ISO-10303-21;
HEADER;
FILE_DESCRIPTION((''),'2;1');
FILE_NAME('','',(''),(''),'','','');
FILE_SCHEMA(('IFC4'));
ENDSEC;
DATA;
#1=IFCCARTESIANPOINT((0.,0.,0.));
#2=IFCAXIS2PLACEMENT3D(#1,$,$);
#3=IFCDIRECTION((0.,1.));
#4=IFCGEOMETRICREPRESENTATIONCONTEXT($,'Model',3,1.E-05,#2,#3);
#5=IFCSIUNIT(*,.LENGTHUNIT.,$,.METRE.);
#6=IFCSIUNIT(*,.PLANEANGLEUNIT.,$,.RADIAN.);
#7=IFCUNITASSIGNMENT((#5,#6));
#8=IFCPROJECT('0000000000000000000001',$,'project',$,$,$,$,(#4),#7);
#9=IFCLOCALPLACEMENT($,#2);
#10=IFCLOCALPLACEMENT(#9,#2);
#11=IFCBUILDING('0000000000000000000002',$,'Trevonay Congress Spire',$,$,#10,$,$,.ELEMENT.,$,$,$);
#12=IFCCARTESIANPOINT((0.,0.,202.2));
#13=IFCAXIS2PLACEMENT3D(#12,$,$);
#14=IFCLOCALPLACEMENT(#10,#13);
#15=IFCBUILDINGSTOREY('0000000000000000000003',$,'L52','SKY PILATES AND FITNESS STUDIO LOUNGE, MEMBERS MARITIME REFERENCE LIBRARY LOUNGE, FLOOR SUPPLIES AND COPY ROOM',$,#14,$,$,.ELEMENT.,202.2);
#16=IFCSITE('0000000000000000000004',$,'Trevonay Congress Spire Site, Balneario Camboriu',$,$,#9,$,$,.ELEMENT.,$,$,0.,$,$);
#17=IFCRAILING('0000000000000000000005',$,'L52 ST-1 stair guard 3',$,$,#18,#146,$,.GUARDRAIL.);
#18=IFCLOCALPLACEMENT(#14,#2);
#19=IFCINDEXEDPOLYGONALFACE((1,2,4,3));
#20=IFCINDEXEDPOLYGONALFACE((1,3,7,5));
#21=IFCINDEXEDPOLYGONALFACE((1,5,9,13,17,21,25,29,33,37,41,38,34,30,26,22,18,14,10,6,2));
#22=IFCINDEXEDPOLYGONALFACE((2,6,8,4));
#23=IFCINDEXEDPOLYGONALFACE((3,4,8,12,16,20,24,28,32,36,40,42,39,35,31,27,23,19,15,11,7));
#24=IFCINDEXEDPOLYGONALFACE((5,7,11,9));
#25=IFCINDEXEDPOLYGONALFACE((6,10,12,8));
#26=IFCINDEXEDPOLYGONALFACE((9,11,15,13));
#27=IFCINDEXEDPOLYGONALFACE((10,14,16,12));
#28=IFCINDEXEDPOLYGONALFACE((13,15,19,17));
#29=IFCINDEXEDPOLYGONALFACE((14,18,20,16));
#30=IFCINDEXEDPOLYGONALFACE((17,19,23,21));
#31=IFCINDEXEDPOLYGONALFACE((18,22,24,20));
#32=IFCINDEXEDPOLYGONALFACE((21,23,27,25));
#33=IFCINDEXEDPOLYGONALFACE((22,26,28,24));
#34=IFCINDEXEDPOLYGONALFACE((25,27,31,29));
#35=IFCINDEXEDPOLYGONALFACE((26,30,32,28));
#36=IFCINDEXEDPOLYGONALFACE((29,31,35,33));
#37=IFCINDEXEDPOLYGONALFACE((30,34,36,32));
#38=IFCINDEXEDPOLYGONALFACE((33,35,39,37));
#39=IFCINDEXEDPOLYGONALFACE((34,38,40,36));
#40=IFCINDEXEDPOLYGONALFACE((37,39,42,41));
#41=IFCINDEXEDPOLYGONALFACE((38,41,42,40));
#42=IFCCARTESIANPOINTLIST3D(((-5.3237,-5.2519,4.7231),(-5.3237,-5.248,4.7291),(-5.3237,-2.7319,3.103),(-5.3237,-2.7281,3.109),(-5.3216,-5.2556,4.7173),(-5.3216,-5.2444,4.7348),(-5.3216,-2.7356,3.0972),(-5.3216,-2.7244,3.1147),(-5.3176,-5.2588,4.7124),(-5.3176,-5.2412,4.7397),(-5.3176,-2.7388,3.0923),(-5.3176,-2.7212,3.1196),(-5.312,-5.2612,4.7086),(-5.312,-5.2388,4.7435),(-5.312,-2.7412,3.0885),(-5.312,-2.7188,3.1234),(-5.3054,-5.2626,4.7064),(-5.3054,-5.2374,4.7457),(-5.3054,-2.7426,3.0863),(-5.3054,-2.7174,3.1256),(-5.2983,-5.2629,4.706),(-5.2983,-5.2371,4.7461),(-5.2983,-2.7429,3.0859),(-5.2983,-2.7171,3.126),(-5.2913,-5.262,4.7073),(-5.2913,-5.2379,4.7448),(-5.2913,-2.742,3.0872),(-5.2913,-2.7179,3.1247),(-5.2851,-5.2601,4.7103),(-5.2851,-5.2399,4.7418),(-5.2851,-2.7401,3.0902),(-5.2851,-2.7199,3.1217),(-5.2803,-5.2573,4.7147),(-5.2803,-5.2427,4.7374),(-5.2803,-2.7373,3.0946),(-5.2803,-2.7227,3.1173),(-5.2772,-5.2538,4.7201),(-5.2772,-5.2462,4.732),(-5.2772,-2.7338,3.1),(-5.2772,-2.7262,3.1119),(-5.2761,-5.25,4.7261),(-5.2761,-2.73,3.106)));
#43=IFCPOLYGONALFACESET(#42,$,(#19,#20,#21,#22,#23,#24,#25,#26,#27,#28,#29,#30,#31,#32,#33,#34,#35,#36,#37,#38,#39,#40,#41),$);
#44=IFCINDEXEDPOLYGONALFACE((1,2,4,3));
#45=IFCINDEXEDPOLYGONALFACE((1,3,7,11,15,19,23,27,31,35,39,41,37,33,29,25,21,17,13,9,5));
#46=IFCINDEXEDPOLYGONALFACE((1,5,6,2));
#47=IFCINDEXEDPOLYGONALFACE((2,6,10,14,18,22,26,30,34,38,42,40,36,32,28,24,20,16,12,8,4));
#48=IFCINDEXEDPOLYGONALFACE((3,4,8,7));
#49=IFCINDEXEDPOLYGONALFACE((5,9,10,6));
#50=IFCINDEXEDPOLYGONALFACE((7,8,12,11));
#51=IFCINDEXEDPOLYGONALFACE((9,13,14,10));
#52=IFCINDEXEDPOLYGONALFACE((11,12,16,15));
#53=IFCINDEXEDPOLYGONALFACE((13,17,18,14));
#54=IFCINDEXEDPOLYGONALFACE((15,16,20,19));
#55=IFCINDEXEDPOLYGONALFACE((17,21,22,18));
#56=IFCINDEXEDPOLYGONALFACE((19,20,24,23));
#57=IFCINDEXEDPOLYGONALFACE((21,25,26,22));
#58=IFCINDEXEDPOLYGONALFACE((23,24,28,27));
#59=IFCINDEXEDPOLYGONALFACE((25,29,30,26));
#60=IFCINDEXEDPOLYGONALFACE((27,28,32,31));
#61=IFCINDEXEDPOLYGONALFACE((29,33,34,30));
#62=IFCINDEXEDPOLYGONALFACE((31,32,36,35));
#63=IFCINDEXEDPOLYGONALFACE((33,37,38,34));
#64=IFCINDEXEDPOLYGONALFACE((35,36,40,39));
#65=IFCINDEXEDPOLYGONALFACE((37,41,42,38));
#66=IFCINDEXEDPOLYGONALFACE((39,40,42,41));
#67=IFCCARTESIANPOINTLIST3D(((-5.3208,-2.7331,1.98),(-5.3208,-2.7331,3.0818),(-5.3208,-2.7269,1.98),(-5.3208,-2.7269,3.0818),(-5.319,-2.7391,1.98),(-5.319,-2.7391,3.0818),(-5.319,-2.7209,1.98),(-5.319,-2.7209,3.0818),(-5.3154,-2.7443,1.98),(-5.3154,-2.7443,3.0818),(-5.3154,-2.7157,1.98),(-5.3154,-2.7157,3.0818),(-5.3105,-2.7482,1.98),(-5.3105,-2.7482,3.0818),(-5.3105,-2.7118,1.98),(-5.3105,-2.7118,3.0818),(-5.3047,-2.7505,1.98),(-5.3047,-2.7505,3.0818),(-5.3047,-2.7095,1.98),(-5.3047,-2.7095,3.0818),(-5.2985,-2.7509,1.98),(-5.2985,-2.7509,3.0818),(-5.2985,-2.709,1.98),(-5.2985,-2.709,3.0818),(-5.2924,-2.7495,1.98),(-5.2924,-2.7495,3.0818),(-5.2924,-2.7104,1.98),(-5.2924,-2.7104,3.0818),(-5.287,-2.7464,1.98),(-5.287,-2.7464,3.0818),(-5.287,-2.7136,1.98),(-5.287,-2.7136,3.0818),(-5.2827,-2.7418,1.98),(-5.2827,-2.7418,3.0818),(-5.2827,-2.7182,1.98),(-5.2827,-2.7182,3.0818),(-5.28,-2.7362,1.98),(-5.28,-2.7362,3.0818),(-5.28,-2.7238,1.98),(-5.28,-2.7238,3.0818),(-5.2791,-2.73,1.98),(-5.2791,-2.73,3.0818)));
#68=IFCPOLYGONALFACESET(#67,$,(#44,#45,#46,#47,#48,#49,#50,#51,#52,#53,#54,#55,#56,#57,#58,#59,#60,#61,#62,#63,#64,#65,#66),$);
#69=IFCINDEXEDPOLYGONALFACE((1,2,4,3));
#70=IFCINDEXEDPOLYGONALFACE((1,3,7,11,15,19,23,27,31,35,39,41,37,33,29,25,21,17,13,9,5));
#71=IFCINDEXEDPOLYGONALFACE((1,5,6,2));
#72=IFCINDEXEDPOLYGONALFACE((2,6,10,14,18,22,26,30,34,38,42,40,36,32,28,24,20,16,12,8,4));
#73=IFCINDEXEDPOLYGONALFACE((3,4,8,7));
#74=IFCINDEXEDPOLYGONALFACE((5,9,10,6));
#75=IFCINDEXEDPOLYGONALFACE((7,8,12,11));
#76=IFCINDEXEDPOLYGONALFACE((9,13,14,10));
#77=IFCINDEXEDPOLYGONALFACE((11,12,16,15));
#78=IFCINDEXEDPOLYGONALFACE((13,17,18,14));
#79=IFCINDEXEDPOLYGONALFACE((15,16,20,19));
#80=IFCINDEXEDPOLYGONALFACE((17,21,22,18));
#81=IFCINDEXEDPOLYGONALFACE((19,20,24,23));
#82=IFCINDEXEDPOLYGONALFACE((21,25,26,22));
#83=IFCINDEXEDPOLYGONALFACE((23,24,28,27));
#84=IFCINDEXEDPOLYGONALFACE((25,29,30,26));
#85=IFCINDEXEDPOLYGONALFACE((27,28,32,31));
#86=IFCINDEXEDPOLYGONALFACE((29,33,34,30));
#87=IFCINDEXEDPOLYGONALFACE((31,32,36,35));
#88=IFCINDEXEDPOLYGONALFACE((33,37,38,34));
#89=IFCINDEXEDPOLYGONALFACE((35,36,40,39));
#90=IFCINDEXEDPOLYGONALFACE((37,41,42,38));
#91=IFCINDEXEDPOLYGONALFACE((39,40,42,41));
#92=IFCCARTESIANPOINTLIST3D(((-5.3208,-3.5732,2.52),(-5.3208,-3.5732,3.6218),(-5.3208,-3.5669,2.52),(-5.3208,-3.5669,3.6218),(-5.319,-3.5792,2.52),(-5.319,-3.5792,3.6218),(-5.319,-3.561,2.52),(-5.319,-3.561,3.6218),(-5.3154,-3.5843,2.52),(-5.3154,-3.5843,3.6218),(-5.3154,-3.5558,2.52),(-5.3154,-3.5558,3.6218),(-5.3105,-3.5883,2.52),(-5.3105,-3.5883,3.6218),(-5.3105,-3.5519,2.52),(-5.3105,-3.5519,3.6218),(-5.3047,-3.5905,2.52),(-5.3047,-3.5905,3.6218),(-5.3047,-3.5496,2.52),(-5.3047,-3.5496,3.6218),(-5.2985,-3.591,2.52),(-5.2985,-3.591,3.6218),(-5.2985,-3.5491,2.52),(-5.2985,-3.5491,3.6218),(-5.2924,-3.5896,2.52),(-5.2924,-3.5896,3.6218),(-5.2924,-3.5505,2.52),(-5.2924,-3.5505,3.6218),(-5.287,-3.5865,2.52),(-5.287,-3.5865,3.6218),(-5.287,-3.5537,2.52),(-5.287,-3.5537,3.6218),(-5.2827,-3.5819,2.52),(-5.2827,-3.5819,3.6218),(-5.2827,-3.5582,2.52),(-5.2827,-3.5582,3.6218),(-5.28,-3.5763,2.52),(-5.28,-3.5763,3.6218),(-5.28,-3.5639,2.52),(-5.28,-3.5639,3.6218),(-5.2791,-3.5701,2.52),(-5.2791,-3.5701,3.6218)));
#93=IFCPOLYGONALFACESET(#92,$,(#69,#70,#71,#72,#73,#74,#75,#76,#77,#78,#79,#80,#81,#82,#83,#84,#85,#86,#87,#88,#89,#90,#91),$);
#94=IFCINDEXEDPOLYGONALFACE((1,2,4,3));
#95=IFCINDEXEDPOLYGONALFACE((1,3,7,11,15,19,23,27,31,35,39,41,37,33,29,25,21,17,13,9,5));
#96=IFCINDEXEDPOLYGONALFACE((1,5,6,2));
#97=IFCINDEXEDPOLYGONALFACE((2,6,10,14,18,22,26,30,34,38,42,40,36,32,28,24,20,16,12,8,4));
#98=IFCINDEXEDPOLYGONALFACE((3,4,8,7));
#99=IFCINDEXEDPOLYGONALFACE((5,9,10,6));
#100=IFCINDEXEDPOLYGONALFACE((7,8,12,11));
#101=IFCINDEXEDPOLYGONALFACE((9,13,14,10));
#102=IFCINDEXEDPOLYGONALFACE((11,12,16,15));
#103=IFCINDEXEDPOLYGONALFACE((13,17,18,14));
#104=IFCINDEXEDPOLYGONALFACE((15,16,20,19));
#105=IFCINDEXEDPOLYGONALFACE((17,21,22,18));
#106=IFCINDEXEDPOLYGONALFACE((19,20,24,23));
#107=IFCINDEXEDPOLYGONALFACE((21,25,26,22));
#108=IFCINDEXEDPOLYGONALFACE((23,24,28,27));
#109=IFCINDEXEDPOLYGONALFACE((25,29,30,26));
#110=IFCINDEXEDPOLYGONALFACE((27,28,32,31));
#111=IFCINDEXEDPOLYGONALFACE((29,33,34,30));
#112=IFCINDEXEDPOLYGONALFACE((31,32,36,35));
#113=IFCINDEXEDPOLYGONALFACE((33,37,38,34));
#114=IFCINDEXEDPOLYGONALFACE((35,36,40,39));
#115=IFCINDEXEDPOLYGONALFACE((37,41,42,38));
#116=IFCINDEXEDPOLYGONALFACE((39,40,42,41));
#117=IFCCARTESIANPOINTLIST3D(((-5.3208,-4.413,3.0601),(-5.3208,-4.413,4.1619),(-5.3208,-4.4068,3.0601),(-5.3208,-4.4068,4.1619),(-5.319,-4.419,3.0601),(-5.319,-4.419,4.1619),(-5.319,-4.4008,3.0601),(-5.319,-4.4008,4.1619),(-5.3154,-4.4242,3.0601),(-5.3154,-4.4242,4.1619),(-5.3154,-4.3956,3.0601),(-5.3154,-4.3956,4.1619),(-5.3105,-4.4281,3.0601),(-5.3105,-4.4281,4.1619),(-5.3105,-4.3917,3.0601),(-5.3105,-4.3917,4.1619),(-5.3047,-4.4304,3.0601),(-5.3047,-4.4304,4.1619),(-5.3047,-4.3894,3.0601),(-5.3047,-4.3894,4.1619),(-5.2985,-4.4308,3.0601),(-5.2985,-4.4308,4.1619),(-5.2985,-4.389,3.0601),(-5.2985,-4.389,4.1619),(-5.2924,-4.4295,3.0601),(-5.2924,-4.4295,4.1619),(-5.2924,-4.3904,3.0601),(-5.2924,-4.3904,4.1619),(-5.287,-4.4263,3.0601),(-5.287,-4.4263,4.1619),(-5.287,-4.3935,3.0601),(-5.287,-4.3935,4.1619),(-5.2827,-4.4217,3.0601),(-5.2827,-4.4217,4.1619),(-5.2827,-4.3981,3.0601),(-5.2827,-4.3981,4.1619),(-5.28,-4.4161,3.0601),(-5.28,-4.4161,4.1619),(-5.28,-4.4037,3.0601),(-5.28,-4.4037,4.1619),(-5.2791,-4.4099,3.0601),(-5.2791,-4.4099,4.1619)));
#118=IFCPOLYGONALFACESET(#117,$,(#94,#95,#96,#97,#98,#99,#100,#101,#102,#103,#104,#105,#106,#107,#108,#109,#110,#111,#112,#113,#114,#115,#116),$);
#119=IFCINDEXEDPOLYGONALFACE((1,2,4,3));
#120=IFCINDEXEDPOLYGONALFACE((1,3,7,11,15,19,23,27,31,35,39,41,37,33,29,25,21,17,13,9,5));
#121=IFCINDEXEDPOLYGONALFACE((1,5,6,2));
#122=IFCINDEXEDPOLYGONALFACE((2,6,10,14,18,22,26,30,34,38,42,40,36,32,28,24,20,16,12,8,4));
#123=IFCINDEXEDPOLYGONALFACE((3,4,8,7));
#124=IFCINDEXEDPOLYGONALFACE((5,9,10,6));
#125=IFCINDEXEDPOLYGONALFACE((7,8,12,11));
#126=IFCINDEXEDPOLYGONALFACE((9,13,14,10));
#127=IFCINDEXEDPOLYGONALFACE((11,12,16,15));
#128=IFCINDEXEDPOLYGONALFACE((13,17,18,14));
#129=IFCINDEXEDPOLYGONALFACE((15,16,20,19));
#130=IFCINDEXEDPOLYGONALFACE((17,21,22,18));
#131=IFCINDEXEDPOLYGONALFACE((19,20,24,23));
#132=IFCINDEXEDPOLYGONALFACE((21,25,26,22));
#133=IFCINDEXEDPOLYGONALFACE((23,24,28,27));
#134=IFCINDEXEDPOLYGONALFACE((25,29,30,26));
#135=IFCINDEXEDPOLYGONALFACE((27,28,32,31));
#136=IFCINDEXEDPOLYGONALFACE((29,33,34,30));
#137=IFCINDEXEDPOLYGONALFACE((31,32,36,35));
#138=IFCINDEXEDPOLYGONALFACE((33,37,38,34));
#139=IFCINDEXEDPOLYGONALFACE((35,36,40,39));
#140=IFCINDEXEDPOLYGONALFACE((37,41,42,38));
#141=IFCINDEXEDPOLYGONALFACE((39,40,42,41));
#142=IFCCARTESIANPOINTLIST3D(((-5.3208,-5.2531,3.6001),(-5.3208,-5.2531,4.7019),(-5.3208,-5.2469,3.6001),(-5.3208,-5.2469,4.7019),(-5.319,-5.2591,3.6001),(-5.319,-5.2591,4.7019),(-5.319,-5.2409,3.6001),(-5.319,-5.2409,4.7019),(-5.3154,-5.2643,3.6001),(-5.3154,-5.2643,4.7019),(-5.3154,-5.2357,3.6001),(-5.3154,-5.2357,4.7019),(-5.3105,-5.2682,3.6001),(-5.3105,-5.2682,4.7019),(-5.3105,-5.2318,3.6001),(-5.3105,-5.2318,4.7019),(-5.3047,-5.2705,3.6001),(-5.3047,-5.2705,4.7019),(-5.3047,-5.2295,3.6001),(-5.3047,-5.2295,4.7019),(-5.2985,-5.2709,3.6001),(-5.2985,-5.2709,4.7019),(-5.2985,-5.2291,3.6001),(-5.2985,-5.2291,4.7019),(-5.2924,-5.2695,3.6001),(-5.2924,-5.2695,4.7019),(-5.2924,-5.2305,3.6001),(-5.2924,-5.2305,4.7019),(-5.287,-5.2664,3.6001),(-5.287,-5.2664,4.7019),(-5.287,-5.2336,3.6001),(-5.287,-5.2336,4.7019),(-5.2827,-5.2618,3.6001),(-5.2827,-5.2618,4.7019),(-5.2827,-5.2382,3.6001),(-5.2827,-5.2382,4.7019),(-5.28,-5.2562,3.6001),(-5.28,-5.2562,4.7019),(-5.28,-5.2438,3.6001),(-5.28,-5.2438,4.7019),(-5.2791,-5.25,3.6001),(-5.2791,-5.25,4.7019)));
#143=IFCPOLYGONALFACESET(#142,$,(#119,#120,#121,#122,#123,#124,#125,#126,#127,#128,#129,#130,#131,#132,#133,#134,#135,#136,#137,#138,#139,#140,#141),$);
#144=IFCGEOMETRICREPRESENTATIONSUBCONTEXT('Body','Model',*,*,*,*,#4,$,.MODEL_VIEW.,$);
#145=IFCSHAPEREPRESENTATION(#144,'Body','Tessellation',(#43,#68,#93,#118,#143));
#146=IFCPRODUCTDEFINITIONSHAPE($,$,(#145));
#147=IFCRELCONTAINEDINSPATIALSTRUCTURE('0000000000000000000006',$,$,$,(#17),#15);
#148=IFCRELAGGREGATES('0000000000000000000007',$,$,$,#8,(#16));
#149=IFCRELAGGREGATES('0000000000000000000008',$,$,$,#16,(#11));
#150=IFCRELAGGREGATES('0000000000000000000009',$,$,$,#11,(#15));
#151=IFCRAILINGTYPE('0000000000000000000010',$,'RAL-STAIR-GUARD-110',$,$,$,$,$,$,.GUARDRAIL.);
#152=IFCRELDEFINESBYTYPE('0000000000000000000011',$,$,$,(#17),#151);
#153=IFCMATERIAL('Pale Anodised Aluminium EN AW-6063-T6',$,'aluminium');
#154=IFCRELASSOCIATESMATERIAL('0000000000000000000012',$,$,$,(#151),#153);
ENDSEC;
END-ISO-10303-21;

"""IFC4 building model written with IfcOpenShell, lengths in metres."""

from ifc_helpers import new_model, si_unit, direction, frame, origin, origin_2d, place, context, subcontext, project, spatial, circle, extrude, material, type_object, element, save


model = new_model("IFC4")

# Units and contexts
model_context = context("Model", 3, precision=1e-05, world=origin(), true_north=direction((0.0, 1.0)))
body_context = subcontext(model_context, "Body", "Model", "MODEL_VIEW")
ifc_project = project(units=[si_unit("LENGTHUNIT", "METRE"), si_unit("PLANEANGLEUNIT", "RADIAN")], contexts=[model_context])

# Site, building, storey
site_placement = place(None, origin())
site = spatial("IfcSite", under=ifc_project, at=site_placement, Name="Trevonay Congress Spire Site, Balneario Camboriu", CompositionType="ELEMENT", RefElevation=0.0)
building_placement = place(site_placement, origin())
building = spatial("IfcBuilding", under=site, at=building_placement, Name="Trevonay Congress Spire", CompositionType="ELEMENT")
storey_placement = place(building_placement, frame((0.0, 0.0, 202.2)))
storey = spatial("IfcBuildingStorey", under=building, at=storey_placement, Name="L52", Description="SKY PILATES AND FITNESS STUDIO LOUNGE, MEMBERS MARITIME REFERENCE LIBRARY LOUNGE, FLOOR SUPPLIES AND COPY ROOM", CompositionType="ELEMENT", Elevation=202.2)

# Railing
ifc_material_1 = material(Name="Pale Anodised Aluminium EN AW-6063-T6", Category="aluminium")
railing_type_1 = type_object("IfcRailingType", Name="RAL-STAIR-GUARD-110", PredefinedType="GUARDRAIL", material=ifc_material_1)
railing_1_placement = place(storey_placement, frame((-5.3, -2.73, 1.98)))
element("IfcRailing", 1, at=railing_1_placement, inside=storey, type_object=railing_type_1, Name="L52 ST-1 stair guard 3", PredefinedType="GUARDRAIL", context=body_context, shape_type="SweptSolid", body=[
    extrude(circle(Radius=0.0239, at=origin_2d()), frame((0.0, 0.0, 1.126), z_axis=(0.0, -0.841163, 0.540782), x_axis=(1.0, 0.0, 0.0)), (0.0, 0.0, 1.0), 2.9958),
    extrude(circle(Radius=0.021, at=origin_2d()), origin(), (0.0, 0.0, 1.0), 1.1018),
    extrude(circle(Radius=0.021, at=origin_2d()), frame((0.0, -0.8401, 0.54)), (0.0, 0.0, 1.0), 1.1018),
    extrude(circle(Radius=0.021, at=origin_2d()), frame((0.0, -1.6799, 1.0801)), (0.0, 0.0, 1.0), 1.1018),
    extrude(circle(Radius=0.021, at=origin_2d()), frame((0.0, -2.52, 1.6201)), (0.0, 0.0, 1.0), 1.1018),
])

save(model, "model.ifc")
